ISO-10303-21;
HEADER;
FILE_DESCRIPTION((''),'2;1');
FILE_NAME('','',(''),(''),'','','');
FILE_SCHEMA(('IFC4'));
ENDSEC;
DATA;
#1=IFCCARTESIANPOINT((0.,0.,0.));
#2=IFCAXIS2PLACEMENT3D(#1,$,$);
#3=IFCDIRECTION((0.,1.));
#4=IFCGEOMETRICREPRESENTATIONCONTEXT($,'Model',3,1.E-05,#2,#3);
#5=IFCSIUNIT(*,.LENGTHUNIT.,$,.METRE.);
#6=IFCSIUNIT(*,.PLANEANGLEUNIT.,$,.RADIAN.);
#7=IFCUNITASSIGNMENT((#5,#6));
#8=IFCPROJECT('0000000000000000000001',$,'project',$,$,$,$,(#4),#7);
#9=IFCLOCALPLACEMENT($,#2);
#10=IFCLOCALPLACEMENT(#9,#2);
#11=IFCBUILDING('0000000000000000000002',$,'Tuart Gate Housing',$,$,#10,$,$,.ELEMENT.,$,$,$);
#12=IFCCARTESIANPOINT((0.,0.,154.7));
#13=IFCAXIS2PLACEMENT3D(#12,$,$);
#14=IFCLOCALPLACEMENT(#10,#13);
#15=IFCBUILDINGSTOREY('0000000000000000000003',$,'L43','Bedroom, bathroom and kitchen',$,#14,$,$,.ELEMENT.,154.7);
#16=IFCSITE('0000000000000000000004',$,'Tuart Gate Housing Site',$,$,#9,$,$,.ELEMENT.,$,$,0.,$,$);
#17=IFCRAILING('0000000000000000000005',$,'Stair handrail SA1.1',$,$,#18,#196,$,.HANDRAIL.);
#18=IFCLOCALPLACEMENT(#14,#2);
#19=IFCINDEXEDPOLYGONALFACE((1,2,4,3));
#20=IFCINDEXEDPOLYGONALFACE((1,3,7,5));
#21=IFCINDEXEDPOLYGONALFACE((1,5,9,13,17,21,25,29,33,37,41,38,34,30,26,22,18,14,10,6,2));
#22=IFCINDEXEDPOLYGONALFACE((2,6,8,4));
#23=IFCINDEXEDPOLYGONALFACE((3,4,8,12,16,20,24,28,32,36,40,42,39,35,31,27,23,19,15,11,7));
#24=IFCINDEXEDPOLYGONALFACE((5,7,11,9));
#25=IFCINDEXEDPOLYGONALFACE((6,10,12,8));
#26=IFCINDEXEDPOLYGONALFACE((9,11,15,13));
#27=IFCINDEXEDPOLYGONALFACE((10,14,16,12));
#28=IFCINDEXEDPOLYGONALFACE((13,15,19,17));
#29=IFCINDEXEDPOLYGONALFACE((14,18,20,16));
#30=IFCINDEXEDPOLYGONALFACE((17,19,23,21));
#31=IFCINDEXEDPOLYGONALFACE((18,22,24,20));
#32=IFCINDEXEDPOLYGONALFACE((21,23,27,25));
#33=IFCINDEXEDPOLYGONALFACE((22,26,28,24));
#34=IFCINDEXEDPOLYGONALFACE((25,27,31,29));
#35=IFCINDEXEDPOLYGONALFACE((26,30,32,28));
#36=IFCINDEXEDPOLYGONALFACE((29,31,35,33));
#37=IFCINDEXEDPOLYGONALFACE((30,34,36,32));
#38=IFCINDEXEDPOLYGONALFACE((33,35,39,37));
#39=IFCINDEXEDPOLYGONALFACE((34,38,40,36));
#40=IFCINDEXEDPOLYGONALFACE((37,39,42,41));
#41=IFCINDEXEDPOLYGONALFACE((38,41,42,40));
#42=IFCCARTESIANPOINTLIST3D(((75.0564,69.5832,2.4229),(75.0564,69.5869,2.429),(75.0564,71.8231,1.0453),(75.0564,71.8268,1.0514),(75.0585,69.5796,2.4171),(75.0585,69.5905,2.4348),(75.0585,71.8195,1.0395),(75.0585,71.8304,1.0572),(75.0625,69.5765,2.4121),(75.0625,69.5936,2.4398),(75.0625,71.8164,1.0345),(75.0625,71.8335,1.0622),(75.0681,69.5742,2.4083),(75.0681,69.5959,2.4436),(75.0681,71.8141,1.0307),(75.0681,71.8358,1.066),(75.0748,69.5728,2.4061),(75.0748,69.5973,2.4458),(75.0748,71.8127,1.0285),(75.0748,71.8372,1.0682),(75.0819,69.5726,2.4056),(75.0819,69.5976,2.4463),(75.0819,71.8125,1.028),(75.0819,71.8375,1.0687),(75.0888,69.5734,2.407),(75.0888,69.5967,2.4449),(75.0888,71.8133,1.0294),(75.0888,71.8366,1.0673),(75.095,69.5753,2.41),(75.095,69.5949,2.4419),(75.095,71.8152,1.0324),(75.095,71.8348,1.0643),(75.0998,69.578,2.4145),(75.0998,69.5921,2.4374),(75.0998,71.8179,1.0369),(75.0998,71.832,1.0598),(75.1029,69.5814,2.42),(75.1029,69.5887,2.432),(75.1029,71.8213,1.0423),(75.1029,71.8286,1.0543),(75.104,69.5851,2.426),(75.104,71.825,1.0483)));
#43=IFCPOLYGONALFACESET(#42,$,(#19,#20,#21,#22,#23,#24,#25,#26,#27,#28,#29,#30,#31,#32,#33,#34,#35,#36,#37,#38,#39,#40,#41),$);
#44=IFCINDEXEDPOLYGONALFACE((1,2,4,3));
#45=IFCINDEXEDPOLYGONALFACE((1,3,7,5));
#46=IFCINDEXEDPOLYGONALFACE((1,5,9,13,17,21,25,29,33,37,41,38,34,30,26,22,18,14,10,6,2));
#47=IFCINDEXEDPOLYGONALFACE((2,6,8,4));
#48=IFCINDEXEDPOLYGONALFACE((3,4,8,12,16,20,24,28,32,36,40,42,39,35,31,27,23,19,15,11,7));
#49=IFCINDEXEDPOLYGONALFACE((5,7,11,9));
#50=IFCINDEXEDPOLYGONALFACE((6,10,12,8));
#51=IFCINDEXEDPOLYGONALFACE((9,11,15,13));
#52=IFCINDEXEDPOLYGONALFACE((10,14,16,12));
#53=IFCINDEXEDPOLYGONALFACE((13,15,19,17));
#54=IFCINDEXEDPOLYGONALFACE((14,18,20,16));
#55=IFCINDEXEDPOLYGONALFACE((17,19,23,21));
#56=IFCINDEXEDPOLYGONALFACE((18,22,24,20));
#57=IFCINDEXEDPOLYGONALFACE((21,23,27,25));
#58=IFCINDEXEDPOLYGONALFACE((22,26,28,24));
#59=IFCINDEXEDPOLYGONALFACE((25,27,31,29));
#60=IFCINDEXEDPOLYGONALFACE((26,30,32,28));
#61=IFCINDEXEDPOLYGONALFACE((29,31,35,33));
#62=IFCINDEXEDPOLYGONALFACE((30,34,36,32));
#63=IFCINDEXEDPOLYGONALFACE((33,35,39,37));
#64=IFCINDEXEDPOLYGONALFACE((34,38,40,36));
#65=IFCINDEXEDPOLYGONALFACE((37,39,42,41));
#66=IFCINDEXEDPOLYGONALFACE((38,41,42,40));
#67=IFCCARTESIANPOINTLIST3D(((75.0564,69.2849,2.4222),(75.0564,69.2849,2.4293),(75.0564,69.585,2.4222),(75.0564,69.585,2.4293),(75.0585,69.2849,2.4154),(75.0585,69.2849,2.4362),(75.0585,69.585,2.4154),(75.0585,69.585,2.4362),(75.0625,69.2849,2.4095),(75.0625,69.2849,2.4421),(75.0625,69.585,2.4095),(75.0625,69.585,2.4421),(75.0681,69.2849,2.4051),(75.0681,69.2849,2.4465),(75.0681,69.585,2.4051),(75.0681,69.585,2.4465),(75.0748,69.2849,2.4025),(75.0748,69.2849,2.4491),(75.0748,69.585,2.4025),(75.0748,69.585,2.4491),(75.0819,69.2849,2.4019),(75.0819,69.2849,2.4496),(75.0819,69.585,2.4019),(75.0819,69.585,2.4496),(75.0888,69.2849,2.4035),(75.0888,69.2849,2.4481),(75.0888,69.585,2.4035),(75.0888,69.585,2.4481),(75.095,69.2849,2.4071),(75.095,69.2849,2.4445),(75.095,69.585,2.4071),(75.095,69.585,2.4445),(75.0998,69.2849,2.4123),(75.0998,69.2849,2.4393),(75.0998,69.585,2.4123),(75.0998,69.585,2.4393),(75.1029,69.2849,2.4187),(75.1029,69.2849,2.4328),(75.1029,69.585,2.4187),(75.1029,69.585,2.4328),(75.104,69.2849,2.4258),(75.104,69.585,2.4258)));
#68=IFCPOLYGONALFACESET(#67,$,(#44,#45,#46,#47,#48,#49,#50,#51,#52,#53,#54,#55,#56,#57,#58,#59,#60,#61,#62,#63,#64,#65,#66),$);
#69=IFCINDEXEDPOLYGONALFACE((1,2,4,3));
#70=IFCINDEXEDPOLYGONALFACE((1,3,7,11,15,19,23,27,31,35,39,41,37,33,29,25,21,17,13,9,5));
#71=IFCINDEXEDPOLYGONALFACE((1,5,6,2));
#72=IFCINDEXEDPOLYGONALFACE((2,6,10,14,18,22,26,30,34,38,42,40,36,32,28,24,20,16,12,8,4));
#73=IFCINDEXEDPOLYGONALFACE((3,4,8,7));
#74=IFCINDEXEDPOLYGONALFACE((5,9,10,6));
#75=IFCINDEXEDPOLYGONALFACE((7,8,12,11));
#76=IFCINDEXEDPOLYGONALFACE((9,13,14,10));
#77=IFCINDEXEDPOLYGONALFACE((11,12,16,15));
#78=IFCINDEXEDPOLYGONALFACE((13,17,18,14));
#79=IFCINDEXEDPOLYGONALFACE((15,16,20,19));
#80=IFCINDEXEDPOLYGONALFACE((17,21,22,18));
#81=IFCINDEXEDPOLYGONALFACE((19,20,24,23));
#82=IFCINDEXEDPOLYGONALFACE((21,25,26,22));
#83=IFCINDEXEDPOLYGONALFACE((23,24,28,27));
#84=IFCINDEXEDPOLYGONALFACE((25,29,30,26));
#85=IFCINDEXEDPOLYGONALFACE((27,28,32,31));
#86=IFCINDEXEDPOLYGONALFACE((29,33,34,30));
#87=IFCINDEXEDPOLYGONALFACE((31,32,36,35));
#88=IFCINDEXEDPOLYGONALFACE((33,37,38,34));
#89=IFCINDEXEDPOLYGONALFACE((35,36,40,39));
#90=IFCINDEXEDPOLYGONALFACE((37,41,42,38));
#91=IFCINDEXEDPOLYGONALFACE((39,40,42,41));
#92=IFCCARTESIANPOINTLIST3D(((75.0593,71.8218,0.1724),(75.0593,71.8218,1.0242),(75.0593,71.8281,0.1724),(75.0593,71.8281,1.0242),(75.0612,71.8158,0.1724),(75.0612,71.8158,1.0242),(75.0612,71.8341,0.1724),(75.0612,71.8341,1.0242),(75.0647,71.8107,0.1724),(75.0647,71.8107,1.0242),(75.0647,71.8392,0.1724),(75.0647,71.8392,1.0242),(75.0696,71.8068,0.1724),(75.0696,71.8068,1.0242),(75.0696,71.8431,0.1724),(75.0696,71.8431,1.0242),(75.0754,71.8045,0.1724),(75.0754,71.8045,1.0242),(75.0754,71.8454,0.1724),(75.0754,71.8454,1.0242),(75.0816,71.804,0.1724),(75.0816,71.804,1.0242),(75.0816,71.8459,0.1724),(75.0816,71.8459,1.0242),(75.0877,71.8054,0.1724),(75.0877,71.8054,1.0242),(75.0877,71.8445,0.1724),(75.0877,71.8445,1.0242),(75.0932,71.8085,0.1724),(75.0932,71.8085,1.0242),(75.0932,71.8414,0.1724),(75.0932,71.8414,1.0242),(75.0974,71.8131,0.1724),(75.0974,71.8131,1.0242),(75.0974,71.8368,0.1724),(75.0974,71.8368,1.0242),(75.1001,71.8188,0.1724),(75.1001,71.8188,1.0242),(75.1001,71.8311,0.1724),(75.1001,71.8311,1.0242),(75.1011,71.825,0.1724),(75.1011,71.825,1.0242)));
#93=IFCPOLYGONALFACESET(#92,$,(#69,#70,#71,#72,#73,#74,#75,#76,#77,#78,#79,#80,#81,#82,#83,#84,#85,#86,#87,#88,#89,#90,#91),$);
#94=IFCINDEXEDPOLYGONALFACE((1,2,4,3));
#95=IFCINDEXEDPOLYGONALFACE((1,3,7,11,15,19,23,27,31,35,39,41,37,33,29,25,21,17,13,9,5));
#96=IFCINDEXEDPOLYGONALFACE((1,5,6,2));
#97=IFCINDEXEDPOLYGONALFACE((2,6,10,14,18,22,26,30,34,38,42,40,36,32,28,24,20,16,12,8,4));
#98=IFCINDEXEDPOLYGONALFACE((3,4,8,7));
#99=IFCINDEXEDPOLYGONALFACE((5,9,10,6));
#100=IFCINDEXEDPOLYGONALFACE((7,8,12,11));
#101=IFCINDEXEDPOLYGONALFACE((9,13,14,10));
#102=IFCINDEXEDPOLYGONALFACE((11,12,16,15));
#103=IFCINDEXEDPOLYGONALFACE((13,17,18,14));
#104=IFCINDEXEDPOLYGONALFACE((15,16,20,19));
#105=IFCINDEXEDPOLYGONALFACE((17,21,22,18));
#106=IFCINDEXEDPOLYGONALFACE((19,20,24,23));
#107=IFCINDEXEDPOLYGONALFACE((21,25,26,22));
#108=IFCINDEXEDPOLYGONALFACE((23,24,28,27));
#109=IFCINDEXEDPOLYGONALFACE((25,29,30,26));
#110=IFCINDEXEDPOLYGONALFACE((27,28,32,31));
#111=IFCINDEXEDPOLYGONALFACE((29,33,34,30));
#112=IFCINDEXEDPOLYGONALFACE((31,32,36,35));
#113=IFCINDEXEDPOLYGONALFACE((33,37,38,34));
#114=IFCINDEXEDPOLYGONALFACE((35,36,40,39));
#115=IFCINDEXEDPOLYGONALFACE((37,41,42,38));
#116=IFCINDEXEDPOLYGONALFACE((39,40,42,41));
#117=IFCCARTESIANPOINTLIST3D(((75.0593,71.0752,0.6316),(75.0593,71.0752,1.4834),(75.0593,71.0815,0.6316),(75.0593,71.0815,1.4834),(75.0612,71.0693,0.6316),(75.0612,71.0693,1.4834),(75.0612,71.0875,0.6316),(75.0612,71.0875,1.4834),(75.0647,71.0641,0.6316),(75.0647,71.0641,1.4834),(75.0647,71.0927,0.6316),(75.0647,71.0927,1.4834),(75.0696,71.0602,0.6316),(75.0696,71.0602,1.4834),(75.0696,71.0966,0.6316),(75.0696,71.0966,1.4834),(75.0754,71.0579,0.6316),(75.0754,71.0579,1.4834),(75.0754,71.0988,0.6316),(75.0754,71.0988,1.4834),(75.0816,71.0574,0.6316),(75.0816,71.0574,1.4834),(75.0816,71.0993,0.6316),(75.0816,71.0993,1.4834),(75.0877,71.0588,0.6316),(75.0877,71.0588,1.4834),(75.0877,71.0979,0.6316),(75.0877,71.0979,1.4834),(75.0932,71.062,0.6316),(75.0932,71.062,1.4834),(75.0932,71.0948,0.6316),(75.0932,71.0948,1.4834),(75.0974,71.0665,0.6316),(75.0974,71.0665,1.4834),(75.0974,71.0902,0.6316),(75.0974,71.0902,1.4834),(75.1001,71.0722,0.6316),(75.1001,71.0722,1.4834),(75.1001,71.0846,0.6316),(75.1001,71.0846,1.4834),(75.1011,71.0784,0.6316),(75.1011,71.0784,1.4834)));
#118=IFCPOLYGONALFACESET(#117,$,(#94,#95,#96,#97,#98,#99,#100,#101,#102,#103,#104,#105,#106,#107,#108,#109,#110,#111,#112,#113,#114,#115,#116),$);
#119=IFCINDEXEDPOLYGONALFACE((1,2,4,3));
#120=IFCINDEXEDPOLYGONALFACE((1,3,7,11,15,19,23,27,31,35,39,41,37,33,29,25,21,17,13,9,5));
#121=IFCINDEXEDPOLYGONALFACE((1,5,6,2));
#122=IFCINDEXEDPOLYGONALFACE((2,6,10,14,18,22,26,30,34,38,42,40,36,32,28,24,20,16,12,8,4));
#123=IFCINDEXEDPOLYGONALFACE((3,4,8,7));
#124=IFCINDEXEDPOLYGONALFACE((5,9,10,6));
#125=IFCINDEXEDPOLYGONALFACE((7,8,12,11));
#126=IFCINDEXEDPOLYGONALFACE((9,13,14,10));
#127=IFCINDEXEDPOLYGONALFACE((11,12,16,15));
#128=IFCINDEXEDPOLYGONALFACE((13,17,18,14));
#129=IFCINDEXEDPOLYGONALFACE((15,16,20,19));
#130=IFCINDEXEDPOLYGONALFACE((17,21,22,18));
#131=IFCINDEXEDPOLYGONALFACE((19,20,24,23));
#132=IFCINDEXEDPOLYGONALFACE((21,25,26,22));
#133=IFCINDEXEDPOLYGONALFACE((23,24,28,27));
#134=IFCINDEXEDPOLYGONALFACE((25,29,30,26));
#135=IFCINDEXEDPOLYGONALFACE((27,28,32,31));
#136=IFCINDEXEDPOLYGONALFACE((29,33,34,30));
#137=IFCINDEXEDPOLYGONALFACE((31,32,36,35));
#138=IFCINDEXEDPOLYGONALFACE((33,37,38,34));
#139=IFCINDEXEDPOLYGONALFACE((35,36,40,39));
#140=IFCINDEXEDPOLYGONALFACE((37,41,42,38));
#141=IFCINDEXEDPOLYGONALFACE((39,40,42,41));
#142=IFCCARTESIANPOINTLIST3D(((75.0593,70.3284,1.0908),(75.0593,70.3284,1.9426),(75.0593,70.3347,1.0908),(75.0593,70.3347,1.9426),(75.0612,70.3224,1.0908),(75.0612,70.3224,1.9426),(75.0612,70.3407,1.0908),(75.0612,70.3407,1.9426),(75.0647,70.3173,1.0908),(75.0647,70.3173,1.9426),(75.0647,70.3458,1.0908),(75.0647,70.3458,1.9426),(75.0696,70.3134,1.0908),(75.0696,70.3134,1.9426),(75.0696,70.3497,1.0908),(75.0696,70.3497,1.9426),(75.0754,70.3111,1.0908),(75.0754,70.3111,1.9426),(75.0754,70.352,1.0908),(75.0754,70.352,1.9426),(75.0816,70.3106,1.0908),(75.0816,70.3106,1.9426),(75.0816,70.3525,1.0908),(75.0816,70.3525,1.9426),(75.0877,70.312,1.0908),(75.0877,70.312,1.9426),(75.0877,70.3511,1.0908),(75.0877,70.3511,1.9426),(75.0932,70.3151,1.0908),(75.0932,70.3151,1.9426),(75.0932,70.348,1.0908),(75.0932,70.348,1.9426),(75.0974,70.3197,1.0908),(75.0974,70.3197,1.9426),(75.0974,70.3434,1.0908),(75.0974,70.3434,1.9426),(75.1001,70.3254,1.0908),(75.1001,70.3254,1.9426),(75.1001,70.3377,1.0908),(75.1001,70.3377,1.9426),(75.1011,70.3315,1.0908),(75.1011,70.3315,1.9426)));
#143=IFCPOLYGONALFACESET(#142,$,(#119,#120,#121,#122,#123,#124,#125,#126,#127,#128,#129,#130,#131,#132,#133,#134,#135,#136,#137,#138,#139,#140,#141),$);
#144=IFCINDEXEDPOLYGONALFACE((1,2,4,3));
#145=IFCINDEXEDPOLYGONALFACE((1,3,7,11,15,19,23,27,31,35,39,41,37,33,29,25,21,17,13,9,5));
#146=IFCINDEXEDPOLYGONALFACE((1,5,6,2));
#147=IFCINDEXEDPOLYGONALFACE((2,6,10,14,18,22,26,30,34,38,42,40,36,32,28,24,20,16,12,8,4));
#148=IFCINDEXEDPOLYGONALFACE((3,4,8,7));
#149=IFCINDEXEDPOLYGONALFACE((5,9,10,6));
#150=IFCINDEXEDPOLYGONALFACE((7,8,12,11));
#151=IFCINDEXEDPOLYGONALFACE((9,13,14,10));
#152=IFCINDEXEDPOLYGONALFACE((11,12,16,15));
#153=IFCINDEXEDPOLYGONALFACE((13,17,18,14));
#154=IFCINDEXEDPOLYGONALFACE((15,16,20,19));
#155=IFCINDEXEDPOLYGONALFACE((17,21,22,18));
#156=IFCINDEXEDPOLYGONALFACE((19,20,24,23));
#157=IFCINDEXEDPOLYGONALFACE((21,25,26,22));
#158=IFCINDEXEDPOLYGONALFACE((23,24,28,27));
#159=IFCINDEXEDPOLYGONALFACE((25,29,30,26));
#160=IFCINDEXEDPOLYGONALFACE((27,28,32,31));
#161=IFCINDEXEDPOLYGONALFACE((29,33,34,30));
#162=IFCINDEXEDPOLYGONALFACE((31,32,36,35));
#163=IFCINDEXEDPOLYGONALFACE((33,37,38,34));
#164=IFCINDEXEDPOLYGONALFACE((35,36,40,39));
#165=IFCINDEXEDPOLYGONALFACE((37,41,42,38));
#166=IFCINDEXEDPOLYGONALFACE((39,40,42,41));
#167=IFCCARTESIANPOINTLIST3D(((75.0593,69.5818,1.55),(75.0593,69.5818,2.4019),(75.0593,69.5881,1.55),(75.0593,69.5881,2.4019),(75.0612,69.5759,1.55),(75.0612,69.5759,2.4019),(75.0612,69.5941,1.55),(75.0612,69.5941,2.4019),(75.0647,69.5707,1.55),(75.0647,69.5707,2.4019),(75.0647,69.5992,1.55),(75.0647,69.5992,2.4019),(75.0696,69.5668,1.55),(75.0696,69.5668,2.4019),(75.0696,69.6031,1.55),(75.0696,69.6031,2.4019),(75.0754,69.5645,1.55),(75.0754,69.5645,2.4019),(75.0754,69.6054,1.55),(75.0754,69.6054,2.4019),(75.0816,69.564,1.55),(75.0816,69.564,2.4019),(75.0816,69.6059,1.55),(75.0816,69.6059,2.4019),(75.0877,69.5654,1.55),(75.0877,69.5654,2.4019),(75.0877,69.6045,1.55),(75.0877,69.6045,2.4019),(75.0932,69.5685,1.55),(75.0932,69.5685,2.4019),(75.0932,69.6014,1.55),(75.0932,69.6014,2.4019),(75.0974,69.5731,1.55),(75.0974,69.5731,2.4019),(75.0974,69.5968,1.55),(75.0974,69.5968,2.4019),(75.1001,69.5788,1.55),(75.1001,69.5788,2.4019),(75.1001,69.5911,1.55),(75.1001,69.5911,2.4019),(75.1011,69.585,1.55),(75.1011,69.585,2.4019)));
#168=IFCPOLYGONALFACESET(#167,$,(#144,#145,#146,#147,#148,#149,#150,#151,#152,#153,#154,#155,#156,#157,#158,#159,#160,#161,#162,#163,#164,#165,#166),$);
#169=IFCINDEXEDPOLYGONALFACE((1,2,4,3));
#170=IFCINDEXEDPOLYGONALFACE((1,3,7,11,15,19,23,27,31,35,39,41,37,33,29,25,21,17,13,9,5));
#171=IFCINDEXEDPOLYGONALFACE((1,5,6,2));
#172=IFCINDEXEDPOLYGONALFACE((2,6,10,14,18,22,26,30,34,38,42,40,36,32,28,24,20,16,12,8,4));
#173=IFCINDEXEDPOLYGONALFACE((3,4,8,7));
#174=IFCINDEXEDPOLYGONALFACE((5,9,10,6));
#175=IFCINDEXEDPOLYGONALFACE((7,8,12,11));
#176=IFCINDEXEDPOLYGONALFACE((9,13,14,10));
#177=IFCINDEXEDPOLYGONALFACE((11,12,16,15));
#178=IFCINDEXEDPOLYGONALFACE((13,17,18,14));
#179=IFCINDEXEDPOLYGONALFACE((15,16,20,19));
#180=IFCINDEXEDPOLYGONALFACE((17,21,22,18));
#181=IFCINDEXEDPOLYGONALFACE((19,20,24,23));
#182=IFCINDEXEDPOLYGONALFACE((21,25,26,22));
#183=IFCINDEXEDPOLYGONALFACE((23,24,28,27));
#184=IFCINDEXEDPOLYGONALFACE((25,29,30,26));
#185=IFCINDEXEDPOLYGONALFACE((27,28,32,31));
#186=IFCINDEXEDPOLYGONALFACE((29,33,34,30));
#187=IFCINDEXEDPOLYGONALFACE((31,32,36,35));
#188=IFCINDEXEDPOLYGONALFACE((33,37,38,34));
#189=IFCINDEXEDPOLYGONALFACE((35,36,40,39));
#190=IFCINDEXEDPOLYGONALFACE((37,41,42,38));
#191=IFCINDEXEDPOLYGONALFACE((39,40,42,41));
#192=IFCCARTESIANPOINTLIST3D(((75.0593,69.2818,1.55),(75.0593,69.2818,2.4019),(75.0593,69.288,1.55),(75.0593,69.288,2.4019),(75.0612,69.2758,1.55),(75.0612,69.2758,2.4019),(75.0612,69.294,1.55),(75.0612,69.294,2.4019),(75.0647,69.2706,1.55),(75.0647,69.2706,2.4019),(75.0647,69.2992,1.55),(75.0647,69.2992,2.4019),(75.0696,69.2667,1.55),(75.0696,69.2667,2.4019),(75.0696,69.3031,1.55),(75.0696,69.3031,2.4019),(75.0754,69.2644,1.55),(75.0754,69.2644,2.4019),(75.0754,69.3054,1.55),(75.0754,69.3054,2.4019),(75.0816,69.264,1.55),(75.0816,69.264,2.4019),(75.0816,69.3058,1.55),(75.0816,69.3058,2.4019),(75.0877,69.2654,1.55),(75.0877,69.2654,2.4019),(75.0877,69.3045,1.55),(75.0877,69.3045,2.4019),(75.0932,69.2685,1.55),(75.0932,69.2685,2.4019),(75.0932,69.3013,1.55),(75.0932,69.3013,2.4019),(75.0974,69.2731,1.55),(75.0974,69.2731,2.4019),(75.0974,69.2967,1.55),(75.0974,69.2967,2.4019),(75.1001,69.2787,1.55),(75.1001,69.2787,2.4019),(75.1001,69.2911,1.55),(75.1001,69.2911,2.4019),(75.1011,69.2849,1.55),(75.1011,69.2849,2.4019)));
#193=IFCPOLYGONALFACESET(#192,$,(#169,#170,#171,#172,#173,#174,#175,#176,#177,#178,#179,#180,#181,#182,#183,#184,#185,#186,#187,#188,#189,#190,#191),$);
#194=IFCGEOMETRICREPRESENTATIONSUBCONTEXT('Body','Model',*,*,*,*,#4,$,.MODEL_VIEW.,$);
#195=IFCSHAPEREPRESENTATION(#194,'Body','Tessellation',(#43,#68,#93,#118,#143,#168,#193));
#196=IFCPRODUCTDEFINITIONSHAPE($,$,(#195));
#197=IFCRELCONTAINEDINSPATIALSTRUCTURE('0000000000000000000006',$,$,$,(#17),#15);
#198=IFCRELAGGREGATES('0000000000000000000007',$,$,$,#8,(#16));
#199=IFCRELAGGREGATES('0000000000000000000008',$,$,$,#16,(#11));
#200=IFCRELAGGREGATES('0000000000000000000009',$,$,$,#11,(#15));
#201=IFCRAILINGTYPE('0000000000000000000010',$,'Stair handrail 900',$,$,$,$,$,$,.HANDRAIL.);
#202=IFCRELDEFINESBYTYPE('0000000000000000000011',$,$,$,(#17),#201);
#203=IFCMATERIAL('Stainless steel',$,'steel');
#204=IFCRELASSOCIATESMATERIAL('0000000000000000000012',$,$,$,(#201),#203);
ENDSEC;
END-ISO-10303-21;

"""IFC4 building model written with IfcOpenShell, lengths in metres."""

from ifc_helpers import new_model, si_unit, direction, frame, origin, origin_2d, place, context, subcontext, project, spatial, circle, extrude, material, type_object, element, save


model = new_model("IFC4")

# Units and contexts
model_context = context("Model", 3, precision=1e-05, world=origin(), true_north=direction((0.0, 1.0)))
body_context = subcontext(model_context, "Body", "Model", "MODEL_VIEW")
ifc_project = project(units=[si_unit("LENGTHUNIT", "METRE"), si_unit("PLANEANGLEUNIT", "RADIAN")], contexts=[model_context])

# Site, building, storey
site_placement = place(None, origin())
site = spatial("IfcSite", under=ifc_project, at=site_placement, Name="Tuart Gate Housing Site", CompositionType="ELEMENT", RefElevation=0.0)
building_placement = place(site_placement, origin())
building = spatial("IfcBuilding", under=site, at=building_placement, Name="Tuart Gate Housing", CompositionType="ELEMENT")
storey_placement = place(building_placement, frame((0.0, 0.0, 154.7)))
storey = spatial("IfcBuildingStorey", under=building, at=storey_placement, Name="L43", Description="Bedroom, bathroom and kitchen", CompositionType="ELEMENT", Elevation=154.7)

# Railing
ifc_material_1 = material(Name="Stainless steel", Category="steel")
railing_type = type_object("IfcRailingType", Name="Stair handrail 900", PredefinedType="HANDRAIL", material=ifc_material_1)
railing_placement = place(storey_placement, frame((75.0801, 71.825, 0.1724)))
element("IfcRailing", 1, at=railing_placement, inside=storey, type_object=railing_type, Name="Stair handrail SA1.1", PredefinedType="HANDRAIL", context=body_context, shape_type="SweptSolid", body=[
    extrude(circle(Radius=0.0239, at=origin_2d()), frame((0.0, 0.0, 0.876), z_axis=(0.0, -0.851789, 0.523885), x_axis=(1.0, 0.0, 0.0)), (0.0, 0.0, 1.0), 2.6296),
    extrude(circle(Radius=0.0239, at=origin_2d()), frame((0.0, -2.24, 2.2534), z_axis=(0.0, -1.0, 0.0), x_axis=(1.0, 0.0, 0.0)), (0.0, 0.0, 1.0), 0.3),
    extrude(circle(Radius=0.021, at=origin_2d()), origin(), (0.0, 0.0, 1.0), 0.8518),
    extrude(circle(Radius=0.021, at=origin_2d()), frame((0.0, -0.7466, 0.4592)), (0.0, 0.0, 1.0), 0.8518),
    extrude(circle(Radius=0.021, at=origin_2d()), frame((0.0, -1.4934, 0.9185)), (0.0, 0.0, 1.0), 0.8518),
    extrude(circle(Radius=0.021, at=origin_2d()), frame((0.0, -2.24, 1.3777)), (0.0, 0.0, 1.0), 0.8518),
    extrude(circle(Radius=0.021, at=origin_2d()), frame((0.0, -2.54, 1.3777)), (0.0, 0.0, 1.0), 0.8518),
])

save(model, "model.ifc")
